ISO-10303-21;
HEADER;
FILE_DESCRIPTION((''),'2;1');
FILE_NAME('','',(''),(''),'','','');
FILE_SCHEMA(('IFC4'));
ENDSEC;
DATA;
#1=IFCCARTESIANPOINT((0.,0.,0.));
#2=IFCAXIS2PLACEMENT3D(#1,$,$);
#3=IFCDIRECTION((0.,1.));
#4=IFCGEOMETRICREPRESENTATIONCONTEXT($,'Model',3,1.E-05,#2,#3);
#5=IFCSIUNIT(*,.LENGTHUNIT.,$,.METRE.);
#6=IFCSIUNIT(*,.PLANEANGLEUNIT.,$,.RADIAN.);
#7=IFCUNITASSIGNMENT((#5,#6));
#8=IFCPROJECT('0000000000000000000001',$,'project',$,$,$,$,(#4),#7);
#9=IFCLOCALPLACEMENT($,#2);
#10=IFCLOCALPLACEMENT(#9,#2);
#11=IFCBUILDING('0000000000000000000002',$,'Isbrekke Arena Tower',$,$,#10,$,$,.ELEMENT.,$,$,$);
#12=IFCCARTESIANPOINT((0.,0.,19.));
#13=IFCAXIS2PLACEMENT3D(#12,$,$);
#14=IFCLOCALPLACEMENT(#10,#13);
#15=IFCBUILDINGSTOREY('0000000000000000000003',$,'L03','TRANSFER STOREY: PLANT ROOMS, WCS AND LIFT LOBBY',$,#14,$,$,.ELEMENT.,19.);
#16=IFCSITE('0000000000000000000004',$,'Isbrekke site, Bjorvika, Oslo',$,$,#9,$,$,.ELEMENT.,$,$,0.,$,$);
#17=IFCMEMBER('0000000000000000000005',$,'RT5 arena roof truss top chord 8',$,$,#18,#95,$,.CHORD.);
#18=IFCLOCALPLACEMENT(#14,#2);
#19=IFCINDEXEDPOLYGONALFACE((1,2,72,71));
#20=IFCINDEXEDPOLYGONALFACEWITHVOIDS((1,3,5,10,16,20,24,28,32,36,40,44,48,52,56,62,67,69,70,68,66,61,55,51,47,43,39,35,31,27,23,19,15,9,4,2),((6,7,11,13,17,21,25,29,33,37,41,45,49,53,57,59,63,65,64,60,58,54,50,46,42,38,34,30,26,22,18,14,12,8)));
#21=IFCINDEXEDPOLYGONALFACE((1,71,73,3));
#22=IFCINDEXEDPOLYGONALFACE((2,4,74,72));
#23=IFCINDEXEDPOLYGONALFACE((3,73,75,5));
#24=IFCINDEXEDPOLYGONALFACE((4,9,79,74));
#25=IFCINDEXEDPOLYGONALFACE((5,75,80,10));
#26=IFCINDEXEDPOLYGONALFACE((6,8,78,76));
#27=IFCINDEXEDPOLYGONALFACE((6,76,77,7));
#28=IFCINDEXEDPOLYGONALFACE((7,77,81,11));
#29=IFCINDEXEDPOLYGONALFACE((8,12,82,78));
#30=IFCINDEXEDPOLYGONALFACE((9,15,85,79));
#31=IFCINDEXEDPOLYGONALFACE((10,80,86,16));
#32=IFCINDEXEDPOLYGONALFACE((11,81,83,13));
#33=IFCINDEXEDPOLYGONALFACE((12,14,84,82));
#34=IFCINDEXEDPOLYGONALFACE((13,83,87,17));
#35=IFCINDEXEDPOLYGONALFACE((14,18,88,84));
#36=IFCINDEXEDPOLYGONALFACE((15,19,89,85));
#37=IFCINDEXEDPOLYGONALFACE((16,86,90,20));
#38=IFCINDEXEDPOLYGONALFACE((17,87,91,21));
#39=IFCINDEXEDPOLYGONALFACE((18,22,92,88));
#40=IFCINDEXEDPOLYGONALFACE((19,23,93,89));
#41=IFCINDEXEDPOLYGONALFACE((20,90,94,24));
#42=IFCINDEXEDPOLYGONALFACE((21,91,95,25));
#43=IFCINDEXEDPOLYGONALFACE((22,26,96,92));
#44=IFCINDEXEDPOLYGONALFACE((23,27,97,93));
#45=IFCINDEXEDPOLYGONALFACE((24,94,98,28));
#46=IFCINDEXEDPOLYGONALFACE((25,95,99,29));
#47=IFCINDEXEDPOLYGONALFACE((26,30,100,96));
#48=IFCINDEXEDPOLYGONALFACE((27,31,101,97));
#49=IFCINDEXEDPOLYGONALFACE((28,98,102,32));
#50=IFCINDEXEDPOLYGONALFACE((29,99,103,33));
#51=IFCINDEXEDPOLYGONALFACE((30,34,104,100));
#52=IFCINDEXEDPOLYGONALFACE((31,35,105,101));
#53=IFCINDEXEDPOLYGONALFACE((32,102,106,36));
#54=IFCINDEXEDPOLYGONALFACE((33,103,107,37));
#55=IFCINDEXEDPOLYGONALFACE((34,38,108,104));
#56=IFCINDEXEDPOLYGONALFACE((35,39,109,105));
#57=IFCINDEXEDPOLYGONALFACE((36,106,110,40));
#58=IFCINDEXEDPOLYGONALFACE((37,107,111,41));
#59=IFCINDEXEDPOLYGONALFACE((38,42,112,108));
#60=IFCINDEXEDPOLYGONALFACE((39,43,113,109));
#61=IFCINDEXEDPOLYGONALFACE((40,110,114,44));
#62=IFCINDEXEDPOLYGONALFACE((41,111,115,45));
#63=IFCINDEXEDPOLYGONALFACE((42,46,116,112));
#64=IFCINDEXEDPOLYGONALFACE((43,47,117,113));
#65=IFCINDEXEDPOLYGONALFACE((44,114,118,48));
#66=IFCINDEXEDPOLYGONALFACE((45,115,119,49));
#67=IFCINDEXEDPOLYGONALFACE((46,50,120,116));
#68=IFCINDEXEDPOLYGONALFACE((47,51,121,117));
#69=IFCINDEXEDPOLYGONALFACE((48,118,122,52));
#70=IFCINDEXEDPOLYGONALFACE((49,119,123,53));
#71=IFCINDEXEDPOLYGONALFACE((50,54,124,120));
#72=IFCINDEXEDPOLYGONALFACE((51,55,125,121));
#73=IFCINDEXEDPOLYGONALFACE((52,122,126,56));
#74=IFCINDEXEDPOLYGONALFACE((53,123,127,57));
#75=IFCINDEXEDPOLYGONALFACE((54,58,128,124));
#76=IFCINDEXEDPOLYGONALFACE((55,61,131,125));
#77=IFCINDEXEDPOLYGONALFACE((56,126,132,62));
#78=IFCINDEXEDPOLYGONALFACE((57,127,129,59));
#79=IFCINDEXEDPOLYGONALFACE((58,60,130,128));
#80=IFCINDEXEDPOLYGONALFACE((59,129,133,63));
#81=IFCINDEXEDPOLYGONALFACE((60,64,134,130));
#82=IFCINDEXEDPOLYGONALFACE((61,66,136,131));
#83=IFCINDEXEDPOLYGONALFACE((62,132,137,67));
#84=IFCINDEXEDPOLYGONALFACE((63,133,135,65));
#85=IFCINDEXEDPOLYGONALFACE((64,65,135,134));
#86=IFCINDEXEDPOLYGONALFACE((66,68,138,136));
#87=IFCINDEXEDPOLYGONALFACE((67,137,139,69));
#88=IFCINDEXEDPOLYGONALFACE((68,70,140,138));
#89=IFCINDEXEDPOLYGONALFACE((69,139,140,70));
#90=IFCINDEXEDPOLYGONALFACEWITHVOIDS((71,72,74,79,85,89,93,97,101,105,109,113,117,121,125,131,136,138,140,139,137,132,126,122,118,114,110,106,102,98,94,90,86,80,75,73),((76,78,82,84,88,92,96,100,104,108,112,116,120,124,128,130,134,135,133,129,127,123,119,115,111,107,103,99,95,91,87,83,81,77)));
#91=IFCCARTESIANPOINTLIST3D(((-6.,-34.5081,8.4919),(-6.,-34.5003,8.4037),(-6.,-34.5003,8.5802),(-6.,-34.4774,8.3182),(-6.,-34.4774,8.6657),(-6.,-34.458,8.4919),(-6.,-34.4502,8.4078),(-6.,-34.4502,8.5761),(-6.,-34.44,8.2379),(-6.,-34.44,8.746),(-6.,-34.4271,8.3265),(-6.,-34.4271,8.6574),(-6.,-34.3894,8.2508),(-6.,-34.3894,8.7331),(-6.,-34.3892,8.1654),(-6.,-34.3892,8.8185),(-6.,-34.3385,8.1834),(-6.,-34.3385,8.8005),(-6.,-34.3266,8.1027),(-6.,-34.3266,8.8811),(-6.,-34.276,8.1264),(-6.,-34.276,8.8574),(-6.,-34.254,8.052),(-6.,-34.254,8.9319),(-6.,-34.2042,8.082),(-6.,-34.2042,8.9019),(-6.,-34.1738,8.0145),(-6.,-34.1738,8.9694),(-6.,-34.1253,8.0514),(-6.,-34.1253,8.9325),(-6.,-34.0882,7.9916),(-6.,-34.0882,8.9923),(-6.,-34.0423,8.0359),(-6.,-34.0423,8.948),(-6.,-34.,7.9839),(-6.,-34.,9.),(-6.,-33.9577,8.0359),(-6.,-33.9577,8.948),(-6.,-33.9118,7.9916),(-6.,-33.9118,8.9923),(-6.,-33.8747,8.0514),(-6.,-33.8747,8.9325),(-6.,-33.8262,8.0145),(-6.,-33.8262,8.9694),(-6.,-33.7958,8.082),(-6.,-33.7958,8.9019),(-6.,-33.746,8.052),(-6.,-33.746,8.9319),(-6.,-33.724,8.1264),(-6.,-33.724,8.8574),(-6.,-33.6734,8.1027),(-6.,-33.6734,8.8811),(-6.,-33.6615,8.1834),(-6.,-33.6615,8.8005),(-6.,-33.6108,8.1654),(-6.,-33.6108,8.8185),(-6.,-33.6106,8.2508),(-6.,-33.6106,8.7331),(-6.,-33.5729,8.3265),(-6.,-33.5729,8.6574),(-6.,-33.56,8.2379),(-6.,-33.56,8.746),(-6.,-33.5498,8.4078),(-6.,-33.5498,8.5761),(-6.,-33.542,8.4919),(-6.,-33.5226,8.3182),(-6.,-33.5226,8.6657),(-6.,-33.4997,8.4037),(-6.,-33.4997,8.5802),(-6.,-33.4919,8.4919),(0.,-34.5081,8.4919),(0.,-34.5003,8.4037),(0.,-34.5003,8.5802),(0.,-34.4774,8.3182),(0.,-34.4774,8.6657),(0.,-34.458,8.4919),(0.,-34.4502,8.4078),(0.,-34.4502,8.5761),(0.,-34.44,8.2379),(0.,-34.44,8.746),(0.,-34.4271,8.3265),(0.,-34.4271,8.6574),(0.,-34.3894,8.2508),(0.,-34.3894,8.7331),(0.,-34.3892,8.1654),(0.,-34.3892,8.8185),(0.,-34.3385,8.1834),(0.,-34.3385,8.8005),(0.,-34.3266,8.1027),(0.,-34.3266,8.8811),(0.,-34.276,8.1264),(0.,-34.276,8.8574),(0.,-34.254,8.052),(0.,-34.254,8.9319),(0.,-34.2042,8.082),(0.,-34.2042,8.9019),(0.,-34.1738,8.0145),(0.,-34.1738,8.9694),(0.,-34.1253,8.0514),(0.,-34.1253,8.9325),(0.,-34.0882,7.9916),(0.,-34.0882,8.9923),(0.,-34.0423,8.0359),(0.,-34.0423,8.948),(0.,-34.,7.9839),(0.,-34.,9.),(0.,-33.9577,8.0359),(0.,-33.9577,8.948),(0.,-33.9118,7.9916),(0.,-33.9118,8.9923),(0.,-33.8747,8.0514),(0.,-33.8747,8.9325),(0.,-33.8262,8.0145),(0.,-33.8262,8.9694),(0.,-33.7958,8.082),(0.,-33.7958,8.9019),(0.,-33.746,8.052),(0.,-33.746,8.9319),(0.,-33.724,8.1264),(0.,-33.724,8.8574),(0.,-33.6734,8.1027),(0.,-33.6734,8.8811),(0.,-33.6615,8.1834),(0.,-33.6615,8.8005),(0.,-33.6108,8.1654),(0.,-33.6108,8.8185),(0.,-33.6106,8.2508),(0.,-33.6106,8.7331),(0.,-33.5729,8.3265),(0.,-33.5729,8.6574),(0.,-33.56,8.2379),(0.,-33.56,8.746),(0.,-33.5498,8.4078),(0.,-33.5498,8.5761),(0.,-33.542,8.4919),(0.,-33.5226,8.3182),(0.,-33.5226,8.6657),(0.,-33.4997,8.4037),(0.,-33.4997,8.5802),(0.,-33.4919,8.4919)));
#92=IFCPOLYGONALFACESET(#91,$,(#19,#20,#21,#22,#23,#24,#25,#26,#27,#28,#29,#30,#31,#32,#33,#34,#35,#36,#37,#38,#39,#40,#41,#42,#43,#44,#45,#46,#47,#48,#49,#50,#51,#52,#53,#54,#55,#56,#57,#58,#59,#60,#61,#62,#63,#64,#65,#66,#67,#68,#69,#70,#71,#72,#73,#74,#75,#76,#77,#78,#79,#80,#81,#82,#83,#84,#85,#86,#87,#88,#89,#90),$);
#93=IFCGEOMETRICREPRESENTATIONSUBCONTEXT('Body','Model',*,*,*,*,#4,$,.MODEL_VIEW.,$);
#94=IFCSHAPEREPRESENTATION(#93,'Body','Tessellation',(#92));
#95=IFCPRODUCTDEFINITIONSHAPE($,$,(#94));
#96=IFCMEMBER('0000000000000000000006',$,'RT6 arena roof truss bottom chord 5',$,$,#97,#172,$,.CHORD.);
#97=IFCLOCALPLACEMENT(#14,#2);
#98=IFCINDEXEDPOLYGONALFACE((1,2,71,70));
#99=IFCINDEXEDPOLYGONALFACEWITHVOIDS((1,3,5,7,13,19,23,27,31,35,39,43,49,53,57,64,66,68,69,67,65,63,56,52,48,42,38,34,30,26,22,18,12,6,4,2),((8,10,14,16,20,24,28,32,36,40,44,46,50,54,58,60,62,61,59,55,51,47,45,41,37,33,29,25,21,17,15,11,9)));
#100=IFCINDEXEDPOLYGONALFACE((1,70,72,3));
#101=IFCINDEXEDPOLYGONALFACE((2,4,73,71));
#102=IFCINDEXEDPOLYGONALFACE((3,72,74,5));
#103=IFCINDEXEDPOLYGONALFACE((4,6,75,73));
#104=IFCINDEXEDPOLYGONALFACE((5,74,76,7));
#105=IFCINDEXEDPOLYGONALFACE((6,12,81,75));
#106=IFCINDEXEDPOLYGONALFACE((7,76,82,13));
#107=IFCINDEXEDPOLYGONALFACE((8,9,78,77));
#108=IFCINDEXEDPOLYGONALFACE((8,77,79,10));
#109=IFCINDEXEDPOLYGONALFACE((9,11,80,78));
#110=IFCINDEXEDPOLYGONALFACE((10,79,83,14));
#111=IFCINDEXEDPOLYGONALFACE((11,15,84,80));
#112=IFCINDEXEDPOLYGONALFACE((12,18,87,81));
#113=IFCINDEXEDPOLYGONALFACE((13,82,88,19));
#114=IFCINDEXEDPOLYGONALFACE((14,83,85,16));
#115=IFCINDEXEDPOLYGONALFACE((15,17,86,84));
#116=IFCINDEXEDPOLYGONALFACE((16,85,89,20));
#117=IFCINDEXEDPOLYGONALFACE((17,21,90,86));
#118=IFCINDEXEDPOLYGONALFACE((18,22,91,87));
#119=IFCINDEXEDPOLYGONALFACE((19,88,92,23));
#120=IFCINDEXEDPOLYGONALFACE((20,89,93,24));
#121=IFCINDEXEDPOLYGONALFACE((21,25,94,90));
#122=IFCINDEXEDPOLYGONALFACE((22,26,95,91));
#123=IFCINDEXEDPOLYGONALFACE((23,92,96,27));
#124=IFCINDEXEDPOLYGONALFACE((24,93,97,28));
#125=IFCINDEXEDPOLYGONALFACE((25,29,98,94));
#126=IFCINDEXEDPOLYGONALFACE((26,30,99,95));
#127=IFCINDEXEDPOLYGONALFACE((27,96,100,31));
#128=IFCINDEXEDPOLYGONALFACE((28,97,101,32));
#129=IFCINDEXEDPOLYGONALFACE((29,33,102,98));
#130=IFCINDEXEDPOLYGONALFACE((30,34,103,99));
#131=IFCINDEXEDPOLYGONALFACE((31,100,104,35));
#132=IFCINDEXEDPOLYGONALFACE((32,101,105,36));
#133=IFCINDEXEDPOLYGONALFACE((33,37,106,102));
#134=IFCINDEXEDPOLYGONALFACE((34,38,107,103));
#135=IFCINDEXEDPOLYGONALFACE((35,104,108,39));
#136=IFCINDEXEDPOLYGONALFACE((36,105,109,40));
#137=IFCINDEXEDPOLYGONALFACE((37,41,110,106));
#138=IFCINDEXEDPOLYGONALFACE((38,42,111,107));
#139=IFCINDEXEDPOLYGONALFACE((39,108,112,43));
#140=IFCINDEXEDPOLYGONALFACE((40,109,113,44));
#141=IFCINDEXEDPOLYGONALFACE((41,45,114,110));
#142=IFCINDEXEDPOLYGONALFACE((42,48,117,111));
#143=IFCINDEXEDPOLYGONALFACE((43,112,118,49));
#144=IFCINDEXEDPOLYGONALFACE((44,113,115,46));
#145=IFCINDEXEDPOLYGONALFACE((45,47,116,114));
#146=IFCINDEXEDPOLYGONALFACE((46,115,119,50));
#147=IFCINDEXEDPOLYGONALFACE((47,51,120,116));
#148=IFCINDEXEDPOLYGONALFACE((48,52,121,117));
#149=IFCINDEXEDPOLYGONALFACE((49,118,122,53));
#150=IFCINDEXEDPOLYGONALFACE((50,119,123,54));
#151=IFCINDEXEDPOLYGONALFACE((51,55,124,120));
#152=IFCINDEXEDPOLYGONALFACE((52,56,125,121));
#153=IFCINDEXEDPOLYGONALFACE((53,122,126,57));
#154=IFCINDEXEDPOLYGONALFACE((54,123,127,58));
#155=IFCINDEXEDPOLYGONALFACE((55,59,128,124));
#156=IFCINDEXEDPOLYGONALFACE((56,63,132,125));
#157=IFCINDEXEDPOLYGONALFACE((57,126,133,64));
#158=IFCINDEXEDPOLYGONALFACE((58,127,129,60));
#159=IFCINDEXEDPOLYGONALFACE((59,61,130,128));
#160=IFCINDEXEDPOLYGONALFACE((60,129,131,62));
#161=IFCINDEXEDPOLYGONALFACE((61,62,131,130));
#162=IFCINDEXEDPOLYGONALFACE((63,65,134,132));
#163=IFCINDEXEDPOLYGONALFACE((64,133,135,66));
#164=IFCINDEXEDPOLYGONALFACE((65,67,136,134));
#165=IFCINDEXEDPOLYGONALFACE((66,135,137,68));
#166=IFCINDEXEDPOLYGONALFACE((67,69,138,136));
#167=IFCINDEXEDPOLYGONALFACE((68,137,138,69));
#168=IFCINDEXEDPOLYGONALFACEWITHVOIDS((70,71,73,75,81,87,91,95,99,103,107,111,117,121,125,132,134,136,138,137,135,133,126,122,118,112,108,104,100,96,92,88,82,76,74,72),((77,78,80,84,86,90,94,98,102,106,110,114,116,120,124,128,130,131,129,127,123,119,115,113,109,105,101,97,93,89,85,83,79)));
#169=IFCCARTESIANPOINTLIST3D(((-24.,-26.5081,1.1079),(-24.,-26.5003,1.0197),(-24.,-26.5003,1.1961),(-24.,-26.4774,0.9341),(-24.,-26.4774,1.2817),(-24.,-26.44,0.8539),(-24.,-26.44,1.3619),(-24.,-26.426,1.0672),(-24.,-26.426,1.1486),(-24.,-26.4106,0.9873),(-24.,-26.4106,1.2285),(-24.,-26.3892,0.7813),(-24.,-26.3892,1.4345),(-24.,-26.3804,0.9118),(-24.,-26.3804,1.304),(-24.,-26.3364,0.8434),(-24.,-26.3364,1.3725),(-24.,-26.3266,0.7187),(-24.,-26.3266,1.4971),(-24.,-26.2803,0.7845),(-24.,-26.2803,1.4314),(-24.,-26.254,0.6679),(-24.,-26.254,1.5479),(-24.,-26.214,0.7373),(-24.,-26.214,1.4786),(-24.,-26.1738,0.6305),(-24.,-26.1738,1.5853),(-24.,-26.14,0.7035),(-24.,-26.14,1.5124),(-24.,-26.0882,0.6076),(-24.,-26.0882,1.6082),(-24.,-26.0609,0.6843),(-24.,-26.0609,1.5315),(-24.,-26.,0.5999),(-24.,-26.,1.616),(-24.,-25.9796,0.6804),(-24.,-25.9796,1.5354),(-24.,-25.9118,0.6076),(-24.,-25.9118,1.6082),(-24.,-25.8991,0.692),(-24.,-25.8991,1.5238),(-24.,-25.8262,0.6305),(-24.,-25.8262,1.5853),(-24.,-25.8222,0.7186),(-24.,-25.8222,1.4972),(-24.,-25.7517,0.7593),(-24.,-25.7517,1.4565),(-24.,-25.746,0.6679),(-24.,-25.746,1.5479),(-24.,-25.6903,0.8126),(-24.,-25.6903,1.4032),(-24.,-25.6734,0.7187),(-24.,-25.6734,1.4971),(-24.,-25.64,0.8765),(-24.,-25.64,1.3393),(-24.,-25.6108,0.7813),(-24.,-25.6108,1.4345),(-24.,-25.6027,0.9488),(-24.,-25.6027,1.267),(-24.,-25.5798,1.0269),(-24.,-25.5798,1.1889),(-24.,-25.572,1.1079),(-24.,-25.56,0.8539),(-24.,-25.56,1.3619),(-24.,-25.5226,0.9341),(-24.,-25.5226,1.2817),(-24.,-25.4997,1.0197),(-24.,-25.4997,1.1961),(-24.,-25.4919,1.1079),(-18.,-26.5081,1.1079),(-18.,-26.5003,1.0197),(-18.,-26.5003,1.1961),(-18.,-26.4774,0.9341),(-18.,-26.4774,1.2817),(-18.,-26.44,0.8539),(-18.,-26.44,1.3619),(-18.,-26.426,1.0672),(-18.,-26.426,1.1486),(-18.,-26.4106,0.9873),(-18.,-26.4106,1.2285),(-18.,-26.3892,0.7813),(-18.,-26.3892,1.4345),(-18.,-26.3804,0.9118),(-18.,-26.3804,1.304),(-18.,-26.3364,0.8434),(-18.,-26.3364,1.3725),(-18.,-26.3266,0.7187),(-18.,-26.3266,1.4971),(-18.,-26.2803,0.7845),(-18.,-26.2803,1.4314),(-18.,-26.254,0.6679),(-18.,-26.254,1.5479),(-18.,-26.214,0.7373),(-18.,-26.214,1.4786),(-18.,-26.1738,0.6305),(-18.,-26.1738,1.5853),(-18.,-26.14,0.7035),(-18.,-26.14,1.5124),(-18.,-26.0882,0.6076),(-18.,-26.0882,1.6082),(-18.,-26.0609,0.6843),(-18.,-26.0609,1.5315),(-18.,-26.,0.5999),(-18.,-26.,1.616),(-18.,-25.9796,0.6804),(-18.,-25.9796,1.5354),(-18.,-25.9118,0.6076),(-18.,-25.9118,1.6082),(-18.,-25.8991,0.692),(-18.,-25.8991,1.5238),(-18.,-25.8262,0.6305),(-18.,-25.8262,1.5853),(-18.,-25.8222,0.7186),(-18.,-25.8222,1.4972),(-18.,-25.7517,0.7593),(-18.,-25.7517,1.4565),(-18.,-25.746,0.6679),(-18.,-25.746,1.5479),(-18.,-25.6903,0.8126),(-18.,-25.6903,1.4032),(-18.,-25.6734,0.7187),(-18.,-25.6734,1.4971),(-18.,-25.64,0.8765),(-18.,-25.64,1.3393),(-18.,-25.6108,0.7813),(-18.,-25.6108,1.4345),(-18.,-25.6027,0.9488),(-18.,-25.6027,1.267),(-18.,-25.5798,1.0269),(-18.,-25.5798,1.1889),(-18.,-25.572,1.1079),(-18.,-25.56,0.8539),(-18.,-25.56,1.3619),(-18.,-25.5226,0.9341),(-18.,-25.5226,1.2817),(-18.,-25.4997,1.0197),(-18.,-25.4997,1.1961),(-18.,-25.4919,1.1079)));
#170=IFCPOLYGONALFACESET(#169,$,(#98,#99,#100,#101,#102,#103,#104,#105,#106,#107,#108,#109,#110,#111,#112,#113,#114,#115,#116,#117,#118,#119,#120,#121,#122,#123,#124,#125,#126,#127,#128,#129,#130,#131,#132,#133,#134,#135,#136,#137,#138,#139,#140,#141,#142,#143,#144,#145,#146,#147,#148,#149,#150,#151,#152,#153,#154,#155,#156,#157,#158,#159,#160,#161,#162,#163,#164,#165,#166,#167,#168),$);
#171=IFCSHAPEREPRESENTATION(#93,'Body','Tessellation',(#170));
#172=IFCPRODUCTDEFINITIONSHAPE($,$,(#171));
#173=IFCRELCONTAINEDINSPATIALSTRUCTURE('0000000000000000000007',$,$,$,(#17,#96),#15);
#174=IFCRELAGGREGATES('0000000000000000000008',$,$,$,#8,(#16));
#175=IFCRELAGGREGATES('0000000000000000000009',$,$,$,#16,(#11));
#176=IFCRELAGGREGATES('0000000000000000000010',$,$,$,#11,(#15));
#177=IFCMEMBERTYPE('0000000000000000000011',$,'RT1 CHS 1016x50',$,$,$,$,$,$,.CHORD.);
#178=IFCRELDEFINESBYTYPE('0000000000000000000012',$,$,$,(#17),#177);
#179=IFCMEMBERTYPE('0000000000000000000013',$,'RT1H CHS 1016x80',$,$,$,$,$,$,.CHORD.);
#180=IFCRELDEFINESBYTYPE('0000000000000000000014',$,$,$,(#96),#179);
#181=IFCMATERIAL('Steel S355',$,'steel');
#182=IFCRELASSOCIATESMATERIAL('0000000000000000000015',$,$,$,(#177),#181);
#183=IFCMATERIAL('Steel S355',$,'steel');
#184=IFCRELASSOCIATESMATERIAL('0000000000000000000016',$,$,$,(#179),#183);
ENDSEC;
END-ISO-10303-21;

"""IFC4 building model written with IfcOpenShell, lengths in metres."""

from ifc_helpers import new_model, si_unit, direction, frame, origin, origin_2d, place, context, subcontext, project, spatial, hollow_circle, extrude, material, material_profile, profile_set, type_object, element, save


model = new_model("IFC4")

# Units and contexts
model_context = context("Model", 3, precision=1e-05, world=origin(), true_north=direction((0.0, 1.0)))
body_context = subcontext(model_context, "Body", "Model", "MODEL_VIEW")
ifc_project = project(units=[si_unit("LENGTHUNIT", "METRE"), si_unit("PLANEANGLEUNIT", "RADIAN")], contexts=[model_context])

# Site, building, storey
site_placement = place(None, origin())
site = spatial("IfcSite", under=ifc_project, at=site_placement, Name="Isbrekke site, Bjorvika, Oslo", CompositionType="ELEMENT", RefElevation=0.0)
building_placement = place(site_placement, origin())
building = spatial("IfcBuilding", under=site, at=building_placement, Name="Isbrekke Arena Tower", CompositionType="ELEMENT")
storey_placement = place(building_placement, frame((0.0, 0.0, 19.0)))
storey = spatial("IfcBuildingStorey", under=building, at=storey_placement, Name="L03", Description="TRANSFER STOREY: PLANT ROOMS, WCS AND LIFT LOBBY", CompositionType="ELEMENT", Elevation=19.0)

# Members
ifc_material_1 = material(Name="Steel S355", Category="steel")
ifc_material_profile_1 = material_profile(ifc_material_1, hollow_circle(Radius=0.5081, WallThickness=0.05, at=origin_2d()), Name="CHS 1016x50")
ifc_profile_set_1 = profile_set([ifc_material_profile_1], Name="Steel S355")
member_type_1 = type_object("IfcMemberType", Name="RT1 CHS 1016x50", PredefinedType="CHORD", material=ifc_profile_set_1)
for number, where, z_axis, x_axis, name in (
    (1, (-6.0, -34.0, 8.4919), (1.0, 0.0, 0.0), (0.0, 1.0, 0.0), "RT5 arena roof truss top chord 8"),
):
    element("IfcMember", number, at=place(storey_placement, frame(where, z_axis=z_axis, x_axis=x_axis)), inside=storey, type_object=member_type_1, Name=name, PredefinedType="CHORD", context=body_context, shape_type="SweptSolid", body=[
        extrude(hollow_circle(Radius=0.5081, WallThickness=0.05, at=origin_2d()), origin(), (0.0, 0.0, 1.0), 6.0),
    ])
ifc_material_2 = material(Name="Steel S355", Category="steel")
ifc_material_profile_2 = material_profile(ifc_material_2, hollow_circle(Radius=0.5081, WallThickness=0.0801, at=origin_2d()), Name="CHS 1016x80")
ifc_profile_set_2 = profile_set([ifc_material_profile_2], Name="Steel S355")
member_type_2 = type_object("IfcMemberType", Name="RT1H CHS 1016x80", PredefinedType="CHORD", material=ifc_profile_set_2)
for number, where, z_axis, x_axis, name in (
    (2, (-24.0, -26.0, 1.1079), (1.0, 0.0, 0.0), (0.0, 1.0, 0.0), "RT6 arena roof truss bottom chord 5"),
):
    element("IfcMember", number, at=place(storey_placement, frame(where, z_axis=z_axis, x_axis=x_axis)), inside=storey, type_object=member_type_2, Name=name, PredefinedType="CHORD", context=body_context, shape_type="SweptSolid", body=[
        extrude(hollow_circle(Radius=0.5081, WallThickness=0.0801, at=origin_2d()), origin(), (0.0, 0.0, 1.0), 6.0),
    ])

save(model, "model.ifc")
